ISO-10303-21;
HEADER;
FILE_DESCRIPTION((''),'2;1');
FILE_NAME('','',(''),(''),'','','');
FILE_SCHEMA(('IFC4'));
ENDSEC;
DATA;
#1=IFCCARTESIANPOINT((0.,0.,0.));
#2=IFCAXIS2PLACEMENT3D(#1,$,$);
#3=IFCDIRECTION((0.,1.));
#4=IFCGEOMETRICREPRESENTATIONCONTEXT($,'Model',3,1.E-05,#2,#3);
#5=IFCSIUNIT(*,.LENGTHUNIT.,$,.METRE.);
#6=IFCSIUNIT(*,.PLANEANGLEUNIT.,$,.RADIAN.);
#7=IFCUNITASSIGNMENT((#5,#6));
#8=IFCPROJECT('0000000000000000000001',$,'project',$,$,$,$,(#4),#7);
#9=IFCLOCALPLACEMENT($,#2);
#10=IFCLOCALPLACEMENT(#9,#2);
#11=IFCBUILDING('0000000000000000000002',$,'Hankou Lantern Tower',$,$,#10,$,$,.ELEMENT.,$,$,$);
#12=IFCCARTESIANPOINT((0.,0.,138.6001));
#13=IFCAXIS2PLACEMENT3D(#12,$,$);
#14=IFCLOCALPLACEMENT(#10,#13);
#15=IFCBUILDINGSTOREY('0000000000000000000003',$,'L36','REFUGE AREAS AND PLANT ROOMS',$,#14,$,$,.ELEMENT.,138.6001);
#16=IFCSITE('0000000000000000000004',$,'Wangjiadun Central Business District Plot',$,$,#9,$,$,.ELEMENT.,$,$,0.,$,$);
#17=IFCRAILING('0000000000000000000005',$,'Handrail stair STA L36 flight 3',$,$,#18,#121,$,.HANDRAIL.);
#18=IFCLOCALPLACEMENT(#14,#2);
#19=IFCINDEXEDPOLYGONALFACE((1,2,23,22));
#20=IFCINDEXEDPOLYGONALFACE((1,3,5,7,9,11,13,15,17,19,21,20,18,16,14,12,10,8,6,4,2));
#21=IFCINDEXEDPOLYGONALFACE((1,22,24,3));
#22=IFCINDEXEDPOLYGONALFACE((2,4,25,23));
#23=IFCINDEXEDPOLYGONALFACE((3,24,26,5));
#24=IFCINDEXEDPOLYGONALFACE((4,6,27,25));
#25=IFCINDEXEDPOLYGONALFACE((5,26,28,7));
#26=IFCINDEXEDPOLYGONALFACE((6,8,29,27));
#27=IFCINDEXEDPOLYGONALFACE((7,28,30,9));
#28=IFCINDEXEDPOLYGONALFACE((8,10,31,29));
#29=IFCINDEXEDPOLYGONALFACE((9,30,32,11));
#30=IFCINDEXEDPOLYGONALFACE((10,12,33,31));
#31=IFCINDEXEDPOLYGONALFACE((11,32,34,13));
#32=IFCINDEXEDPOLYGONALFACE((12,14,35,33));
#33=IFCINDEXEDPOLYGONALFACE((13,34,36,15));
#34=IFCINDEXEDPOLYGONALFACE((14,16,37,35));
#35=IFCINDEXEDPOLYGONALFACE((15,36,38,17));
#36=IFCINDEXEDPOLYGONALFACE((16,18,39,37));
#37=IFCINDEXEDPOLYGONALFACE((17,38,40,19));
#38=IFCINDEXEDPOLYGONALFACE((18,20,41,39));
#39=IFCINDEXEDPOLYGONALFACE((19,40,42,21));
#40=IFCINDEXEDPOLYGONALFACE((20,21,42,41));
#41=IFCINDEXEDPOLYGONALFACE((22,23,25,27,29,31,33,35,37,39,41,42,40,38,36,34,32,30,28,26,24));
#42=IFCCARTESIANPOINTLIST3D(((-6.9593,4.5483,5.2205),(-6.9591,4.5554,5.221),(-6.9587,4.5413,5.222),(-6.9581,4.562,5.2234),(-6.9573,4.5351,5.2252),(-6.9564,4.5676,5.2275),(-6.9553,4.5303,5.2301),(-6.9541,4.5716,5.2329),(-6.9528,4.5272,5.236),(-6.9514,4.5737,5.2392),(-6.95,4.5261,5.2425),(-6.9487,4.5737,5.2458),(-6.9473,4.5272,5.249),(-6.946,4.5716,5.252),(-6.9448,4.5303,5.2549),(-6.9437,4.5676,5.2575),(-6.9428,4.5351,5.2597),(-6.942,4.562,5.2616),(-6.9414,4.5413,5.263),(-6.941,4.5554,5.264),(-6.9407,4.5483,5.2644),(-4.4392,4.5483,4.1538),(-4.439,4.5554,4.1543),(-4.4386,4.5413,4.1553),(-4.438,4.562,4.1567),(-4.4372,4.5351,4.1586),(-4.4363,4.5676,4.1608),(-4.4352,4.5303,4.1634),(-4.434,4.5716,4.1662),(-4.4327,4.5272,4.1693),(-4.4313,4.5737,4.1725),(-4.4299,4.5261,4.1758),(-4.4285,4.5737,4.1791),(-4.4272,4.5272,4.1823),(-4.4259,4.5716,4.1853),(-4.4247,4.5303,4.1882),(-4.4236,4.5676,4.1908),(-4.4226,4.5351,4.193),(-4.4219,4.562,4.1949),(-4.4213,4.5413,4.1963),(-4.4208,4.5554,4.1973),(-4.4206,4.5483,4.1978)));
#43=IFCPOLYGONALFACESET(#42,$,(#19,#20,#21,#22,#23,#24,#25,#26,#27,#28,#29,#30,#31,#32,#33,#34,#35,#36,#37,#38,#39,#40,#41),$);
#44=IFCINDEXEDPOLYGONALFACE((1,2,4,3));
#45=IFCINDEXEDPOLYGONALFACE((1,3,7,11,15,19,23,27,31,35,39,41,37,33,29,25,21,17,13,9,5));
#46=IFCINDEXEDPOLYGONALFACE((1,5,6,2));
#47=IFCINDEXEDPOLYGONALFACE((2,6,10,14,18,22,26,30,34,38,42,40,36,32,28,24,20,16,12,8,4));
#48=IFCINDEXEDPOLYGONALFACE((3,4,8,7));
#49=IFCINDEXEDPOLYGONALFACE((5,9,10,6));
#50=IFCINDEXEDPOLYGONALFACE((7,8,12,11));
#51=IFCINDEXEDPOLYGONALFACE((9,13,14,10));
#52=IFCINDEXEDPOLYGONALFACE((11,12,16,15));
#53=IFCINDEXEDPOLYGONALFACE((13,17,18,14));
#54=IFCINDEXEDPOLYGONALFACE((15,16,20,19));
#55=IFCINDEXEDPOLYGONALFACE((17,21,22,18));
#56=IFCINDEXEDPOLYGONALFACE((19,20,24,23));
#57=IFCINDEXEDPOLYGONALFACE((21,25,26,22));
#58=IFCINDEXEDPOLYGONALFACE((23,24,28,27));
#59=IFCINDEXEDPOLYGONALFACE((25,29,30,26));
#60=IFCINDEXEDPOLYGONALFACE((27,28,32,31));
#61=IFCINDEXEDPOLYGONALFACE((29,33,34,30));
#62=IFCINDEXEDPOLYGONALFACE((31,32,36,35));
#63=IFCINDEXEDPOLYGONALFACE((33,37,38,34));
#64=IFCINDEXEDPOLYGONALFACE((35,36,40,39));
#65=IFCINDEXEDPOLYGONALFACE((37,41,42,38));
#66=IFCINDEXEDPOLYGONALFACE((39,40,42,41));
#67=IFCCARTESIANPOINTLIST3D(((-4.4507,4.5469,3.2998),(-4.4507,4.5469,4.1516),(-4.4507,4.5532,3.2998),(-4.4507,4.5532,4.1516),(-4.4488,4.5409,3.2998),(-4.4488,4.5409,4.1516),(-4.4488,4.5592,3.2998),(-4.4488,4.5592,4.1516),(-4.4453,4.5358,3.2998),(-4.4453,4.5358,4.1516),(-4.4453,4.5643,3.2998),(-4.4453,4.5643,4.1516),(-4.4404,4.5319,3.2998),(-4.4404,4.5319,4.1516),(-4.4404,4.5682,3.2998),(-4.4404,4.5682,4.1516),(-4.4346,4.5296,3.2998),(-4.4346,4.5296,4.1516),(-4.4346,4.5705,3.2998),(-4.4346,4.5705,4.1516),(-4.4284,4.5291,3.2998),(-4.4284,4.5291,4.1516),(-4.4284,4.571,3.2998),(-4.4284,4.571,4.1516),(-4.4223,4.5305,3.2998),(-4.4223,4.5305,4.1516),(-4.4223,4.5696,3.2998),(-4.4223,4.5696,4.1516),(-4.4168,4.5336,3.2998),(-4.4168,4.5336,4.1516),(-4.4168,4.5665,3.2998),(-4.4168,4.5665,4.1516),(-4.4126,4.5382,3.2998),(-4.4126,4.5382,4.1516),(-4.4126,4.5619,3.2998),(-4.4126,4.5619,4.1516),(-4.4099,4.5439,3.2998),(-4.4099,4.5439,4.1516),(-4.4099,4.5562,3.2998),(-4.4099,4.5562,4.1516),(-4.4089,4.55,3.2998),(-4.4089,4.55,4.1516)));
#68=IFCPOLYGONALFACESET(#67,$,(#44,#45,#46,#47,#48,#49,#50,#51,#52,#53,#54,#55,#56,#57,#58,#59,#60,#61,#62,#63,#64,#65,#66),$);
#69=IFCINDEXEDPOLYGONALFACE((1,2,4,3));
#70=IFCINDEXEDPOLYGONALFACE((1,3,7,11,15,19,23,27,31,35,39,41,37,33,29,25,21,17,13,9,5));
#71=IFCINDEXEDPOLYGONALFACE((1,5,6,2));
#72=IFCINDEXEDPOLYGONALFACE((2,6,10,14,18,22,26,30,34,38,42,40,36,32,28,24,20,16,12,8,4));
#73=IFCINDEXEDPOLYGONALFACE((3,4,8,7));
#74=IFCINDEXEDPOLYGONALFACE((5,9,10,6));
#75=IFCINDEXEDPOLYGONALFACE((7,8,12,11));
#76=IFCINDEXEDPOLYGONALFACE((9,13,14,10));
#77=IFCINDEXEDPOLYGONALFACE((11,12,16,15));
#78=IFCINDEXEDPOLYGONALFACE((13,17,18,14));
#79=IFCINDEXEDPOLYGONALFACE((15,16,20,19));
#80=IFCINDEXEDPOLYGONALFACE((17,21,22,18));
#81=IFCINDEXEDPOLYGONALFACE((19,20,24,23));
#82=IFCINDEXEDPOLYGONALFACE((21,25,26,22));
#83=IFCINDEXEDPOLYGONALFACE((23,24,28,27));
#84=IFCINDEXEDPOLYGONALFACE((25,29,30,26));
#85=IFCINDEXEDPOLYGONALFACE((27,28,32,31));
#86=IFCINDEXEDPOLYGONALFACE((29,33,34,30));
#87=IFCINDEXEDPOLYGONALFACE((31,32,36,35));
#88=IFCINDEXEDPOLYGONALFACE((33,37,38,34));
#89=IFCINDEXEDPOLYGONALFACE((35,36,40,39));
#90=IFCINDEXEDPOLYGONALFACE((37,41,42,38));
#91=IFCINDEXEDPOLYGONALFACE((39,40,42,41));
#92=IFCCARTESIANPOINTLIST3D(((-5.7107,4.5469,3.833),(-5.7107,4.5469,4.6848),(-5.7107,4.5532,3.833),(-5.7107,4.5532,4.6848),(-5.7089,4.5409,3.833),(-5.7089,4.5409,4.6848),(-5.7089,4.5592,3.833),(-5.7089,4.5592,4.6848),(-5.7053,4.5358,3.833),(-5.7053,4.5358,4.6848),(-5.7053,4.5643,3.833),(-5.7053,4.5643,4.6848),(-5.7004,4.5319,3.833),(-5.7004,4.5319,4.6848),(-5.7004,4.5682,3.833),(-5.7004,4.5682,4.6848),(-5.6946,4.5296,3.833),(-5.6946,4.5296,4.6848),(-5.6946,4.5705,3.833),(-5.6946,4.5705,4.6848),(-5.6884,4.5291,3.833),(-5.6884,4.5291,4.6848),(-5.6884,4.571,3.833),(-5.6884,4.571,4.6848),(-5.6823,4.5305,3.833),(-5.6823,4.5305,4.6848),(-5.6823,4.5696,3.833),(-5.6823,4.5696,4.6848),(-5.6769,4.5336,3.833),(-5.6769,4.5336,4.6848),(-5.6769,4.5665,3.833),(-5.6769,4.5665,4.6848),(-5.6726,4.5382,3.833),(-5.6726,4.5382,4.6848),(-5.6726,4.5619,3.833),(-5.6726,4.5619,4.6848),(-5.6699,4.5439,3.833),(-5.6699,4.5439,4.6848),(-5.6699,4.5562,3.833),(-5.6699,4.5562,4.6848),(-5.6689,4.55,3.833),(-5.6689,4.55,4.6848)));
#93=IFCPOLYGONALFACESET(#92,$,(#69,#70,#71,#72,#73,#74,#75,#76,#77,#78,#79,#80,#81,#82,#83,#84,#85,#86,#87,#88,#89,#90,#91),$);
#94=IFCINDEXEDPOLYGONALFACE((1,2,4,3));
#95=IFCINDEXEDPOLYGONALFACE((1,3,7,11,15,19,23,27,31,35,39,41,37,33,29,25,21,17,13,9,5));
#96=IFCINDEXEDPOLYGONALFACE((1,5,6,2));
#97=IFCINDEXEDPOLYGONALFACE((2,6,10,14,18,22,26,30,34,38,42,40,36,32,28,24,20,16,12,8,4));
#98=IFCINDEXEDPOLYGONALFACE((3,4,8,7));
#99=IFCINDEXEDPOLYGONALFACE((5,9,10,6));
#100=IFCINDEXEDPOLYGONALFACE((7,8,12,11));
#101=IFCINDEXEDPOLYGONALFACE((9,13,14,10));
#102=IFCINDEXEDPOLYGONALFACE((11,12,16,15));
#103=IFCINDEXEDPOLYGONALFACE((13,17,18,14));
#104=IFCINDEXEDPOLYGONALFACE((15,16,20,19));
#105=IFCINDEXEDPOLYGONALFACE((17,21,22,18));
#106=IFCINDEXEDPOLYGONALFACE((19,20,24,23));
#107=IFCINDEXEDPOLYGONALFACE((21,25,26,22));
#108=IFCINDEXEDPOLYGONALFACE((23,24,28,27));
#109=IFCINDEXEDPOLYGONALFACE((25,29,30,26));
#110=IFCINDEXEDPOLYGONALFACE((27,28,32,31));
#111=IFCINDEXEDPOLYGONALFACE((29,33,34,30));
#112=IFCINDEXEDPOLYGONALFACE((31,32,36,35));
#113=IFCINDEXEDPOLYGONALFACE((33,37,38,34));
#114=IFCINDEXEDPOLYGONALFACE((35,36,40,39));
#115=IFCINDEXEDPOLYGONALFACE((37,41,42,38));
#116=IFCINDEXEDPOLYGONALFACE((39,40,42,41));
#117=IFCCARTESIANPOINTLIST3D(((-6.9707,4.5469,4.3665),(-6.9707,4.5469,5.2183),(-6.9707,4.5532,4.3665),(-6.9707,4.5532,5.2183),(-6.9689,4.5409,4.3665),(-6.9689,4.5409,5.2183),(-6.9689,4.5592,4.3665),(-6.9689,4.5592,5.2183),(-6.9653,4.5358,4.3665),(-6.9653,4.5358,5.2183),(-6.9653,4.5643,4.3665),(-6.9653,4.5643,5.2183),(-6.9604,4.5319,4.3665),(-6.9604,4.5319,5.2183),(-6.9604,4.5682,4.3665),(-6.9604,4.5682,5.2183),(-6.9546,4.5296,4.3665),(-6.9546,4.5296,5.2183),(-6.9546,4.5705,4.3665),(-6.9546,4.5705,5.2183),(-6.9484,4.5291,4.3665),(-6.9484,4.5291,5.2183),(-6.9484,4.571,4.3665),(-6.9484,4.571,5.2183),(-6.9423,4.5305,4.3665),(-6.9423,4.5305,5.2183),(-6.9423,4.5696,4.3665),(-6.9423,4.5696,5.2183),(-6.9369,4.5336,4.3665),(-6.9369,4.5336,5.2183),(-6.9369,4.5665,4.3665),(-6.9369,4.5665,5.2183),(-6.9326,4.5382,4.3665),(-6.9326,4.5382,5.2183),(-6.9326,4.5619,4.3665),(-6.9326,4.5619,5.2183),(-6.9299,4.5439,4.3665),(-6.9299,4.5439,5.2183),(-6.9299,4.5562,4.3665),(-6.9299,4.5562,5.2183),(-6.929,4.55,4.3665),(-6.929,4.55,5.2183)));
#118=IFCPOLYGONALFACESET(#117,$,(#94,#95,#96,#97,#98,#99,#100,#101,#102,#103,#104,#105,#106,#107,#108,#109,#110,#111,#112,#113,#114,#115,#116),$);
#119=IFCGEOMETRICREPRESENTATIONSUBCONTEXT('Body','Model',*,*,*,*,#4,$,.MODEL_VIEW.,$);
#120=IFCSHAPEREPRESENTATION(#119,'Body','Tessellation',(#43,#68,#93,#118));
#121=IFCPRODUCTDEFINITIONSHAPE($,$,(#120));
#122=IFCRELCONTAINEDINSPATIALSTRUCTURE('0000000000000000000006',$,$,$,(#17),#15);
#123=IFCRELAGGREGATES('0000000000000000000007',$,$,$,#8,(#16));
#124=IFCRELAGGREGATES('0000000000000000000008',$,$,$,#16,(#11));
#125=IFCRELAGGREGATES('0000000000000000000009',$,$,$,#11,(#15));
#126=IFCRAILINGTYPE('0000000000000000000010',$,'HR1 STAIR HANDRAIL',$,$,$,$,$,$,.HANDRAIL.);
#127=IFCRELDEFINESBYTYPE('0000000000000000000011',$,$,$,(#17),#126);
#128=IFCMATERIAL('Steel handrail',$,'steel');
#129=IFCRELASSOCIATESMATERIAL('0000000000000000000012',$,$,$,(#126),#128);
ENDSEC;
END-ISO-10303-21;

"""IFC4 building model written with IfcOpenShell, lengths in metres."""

from ifc_helpers import new_model, si_unit, direction, frame, origin, origin_2d, place, context, subcontext, project, spatial, circle, extrude, material, type_object, element, save


model = new_model("IFC4")

# Units and contexts
model_context = context("Model", 3, precision=1e-05, world=origin(), true_north=direction((0.0, 1.0)))
body_context = subcontext(model_context, "Body", "Model", "MODEL_VIEW")
ifc_project = project(units=[si_unit("LENGTHUNIT", "METRE"), si_unit("PLANEANGLEUNIT", "RADIAN")], contexts=[model_context])

# Site, building, storey
site_placement = place(None, origin())
site = spatial("IfcSite", under=ifc_project, at=site_placement, Name="Wangjiadun Central Business District Plot", CompositionType="ELEMENT", RefElevation=0.0)
building_placement = place(site_placement, origin())
building = spatial("IfcBuilding", under=site, at=building_placement, Name="Hankou Lantern Tower", CompositionType="ELEMENT")
storey_placement = place(building_placement, frame((0.0, 0.0, 138.6001)))
storey = spatial("IfcBuildingStorey", under=building, at=storey_placement, Name="L36", Description="REFUGE AREAS AND PLANT ROOMS", CompositionType="ELEMENT", Elevation=138.6001)

# Railing
ifc_material_1 = material(Name="Steel handrail", Category="steel")
railing_type = type_object("IfcRailingType", Name="HR1 STAIR HANDRAIL", PredefinedType="HANDRAIL", material=ifc_material_1)
railing_1_placement = place(storey_placement, frame((-4.4299, 4.55, 3.2998)))
element("IfcRailing", 1, at=railing_1_placement, inside=storey, type_object=railing_type, Name="Handrail stair STA L36 flight 3", PredefinedType="HANDRAIL", context=body_context, shape_type="SweptSolid", body=[
    extrude(circle(Radius=0.0239, at=origin_2d()), frame((0.0, 0.0, 0.876), z_axis=(-0.920903, 0.0, 0.389791), x_axis=(0.0, -1.0, 0.0)), (0.0, 0.0, 1.0), 2.7366),
    extrude(circle(Radius=0.021, at=origin_2d()), origin(), (0.0, 0.0, 1.0), 0.8518),
    extrude(circle(Radius=0.021, at=origin_2d()), frame((-1.26, 0.0, 0.5332)), (0.0, 0.0, 1.0), 0.8518),
    extrude(circle(Radius=0.021, at=origin_2d()), frame((-2.52, 0.0, 1.0667)), (0.0, 0.0, 1.0), 0.8518),
])

save(model, "model.ifc")
